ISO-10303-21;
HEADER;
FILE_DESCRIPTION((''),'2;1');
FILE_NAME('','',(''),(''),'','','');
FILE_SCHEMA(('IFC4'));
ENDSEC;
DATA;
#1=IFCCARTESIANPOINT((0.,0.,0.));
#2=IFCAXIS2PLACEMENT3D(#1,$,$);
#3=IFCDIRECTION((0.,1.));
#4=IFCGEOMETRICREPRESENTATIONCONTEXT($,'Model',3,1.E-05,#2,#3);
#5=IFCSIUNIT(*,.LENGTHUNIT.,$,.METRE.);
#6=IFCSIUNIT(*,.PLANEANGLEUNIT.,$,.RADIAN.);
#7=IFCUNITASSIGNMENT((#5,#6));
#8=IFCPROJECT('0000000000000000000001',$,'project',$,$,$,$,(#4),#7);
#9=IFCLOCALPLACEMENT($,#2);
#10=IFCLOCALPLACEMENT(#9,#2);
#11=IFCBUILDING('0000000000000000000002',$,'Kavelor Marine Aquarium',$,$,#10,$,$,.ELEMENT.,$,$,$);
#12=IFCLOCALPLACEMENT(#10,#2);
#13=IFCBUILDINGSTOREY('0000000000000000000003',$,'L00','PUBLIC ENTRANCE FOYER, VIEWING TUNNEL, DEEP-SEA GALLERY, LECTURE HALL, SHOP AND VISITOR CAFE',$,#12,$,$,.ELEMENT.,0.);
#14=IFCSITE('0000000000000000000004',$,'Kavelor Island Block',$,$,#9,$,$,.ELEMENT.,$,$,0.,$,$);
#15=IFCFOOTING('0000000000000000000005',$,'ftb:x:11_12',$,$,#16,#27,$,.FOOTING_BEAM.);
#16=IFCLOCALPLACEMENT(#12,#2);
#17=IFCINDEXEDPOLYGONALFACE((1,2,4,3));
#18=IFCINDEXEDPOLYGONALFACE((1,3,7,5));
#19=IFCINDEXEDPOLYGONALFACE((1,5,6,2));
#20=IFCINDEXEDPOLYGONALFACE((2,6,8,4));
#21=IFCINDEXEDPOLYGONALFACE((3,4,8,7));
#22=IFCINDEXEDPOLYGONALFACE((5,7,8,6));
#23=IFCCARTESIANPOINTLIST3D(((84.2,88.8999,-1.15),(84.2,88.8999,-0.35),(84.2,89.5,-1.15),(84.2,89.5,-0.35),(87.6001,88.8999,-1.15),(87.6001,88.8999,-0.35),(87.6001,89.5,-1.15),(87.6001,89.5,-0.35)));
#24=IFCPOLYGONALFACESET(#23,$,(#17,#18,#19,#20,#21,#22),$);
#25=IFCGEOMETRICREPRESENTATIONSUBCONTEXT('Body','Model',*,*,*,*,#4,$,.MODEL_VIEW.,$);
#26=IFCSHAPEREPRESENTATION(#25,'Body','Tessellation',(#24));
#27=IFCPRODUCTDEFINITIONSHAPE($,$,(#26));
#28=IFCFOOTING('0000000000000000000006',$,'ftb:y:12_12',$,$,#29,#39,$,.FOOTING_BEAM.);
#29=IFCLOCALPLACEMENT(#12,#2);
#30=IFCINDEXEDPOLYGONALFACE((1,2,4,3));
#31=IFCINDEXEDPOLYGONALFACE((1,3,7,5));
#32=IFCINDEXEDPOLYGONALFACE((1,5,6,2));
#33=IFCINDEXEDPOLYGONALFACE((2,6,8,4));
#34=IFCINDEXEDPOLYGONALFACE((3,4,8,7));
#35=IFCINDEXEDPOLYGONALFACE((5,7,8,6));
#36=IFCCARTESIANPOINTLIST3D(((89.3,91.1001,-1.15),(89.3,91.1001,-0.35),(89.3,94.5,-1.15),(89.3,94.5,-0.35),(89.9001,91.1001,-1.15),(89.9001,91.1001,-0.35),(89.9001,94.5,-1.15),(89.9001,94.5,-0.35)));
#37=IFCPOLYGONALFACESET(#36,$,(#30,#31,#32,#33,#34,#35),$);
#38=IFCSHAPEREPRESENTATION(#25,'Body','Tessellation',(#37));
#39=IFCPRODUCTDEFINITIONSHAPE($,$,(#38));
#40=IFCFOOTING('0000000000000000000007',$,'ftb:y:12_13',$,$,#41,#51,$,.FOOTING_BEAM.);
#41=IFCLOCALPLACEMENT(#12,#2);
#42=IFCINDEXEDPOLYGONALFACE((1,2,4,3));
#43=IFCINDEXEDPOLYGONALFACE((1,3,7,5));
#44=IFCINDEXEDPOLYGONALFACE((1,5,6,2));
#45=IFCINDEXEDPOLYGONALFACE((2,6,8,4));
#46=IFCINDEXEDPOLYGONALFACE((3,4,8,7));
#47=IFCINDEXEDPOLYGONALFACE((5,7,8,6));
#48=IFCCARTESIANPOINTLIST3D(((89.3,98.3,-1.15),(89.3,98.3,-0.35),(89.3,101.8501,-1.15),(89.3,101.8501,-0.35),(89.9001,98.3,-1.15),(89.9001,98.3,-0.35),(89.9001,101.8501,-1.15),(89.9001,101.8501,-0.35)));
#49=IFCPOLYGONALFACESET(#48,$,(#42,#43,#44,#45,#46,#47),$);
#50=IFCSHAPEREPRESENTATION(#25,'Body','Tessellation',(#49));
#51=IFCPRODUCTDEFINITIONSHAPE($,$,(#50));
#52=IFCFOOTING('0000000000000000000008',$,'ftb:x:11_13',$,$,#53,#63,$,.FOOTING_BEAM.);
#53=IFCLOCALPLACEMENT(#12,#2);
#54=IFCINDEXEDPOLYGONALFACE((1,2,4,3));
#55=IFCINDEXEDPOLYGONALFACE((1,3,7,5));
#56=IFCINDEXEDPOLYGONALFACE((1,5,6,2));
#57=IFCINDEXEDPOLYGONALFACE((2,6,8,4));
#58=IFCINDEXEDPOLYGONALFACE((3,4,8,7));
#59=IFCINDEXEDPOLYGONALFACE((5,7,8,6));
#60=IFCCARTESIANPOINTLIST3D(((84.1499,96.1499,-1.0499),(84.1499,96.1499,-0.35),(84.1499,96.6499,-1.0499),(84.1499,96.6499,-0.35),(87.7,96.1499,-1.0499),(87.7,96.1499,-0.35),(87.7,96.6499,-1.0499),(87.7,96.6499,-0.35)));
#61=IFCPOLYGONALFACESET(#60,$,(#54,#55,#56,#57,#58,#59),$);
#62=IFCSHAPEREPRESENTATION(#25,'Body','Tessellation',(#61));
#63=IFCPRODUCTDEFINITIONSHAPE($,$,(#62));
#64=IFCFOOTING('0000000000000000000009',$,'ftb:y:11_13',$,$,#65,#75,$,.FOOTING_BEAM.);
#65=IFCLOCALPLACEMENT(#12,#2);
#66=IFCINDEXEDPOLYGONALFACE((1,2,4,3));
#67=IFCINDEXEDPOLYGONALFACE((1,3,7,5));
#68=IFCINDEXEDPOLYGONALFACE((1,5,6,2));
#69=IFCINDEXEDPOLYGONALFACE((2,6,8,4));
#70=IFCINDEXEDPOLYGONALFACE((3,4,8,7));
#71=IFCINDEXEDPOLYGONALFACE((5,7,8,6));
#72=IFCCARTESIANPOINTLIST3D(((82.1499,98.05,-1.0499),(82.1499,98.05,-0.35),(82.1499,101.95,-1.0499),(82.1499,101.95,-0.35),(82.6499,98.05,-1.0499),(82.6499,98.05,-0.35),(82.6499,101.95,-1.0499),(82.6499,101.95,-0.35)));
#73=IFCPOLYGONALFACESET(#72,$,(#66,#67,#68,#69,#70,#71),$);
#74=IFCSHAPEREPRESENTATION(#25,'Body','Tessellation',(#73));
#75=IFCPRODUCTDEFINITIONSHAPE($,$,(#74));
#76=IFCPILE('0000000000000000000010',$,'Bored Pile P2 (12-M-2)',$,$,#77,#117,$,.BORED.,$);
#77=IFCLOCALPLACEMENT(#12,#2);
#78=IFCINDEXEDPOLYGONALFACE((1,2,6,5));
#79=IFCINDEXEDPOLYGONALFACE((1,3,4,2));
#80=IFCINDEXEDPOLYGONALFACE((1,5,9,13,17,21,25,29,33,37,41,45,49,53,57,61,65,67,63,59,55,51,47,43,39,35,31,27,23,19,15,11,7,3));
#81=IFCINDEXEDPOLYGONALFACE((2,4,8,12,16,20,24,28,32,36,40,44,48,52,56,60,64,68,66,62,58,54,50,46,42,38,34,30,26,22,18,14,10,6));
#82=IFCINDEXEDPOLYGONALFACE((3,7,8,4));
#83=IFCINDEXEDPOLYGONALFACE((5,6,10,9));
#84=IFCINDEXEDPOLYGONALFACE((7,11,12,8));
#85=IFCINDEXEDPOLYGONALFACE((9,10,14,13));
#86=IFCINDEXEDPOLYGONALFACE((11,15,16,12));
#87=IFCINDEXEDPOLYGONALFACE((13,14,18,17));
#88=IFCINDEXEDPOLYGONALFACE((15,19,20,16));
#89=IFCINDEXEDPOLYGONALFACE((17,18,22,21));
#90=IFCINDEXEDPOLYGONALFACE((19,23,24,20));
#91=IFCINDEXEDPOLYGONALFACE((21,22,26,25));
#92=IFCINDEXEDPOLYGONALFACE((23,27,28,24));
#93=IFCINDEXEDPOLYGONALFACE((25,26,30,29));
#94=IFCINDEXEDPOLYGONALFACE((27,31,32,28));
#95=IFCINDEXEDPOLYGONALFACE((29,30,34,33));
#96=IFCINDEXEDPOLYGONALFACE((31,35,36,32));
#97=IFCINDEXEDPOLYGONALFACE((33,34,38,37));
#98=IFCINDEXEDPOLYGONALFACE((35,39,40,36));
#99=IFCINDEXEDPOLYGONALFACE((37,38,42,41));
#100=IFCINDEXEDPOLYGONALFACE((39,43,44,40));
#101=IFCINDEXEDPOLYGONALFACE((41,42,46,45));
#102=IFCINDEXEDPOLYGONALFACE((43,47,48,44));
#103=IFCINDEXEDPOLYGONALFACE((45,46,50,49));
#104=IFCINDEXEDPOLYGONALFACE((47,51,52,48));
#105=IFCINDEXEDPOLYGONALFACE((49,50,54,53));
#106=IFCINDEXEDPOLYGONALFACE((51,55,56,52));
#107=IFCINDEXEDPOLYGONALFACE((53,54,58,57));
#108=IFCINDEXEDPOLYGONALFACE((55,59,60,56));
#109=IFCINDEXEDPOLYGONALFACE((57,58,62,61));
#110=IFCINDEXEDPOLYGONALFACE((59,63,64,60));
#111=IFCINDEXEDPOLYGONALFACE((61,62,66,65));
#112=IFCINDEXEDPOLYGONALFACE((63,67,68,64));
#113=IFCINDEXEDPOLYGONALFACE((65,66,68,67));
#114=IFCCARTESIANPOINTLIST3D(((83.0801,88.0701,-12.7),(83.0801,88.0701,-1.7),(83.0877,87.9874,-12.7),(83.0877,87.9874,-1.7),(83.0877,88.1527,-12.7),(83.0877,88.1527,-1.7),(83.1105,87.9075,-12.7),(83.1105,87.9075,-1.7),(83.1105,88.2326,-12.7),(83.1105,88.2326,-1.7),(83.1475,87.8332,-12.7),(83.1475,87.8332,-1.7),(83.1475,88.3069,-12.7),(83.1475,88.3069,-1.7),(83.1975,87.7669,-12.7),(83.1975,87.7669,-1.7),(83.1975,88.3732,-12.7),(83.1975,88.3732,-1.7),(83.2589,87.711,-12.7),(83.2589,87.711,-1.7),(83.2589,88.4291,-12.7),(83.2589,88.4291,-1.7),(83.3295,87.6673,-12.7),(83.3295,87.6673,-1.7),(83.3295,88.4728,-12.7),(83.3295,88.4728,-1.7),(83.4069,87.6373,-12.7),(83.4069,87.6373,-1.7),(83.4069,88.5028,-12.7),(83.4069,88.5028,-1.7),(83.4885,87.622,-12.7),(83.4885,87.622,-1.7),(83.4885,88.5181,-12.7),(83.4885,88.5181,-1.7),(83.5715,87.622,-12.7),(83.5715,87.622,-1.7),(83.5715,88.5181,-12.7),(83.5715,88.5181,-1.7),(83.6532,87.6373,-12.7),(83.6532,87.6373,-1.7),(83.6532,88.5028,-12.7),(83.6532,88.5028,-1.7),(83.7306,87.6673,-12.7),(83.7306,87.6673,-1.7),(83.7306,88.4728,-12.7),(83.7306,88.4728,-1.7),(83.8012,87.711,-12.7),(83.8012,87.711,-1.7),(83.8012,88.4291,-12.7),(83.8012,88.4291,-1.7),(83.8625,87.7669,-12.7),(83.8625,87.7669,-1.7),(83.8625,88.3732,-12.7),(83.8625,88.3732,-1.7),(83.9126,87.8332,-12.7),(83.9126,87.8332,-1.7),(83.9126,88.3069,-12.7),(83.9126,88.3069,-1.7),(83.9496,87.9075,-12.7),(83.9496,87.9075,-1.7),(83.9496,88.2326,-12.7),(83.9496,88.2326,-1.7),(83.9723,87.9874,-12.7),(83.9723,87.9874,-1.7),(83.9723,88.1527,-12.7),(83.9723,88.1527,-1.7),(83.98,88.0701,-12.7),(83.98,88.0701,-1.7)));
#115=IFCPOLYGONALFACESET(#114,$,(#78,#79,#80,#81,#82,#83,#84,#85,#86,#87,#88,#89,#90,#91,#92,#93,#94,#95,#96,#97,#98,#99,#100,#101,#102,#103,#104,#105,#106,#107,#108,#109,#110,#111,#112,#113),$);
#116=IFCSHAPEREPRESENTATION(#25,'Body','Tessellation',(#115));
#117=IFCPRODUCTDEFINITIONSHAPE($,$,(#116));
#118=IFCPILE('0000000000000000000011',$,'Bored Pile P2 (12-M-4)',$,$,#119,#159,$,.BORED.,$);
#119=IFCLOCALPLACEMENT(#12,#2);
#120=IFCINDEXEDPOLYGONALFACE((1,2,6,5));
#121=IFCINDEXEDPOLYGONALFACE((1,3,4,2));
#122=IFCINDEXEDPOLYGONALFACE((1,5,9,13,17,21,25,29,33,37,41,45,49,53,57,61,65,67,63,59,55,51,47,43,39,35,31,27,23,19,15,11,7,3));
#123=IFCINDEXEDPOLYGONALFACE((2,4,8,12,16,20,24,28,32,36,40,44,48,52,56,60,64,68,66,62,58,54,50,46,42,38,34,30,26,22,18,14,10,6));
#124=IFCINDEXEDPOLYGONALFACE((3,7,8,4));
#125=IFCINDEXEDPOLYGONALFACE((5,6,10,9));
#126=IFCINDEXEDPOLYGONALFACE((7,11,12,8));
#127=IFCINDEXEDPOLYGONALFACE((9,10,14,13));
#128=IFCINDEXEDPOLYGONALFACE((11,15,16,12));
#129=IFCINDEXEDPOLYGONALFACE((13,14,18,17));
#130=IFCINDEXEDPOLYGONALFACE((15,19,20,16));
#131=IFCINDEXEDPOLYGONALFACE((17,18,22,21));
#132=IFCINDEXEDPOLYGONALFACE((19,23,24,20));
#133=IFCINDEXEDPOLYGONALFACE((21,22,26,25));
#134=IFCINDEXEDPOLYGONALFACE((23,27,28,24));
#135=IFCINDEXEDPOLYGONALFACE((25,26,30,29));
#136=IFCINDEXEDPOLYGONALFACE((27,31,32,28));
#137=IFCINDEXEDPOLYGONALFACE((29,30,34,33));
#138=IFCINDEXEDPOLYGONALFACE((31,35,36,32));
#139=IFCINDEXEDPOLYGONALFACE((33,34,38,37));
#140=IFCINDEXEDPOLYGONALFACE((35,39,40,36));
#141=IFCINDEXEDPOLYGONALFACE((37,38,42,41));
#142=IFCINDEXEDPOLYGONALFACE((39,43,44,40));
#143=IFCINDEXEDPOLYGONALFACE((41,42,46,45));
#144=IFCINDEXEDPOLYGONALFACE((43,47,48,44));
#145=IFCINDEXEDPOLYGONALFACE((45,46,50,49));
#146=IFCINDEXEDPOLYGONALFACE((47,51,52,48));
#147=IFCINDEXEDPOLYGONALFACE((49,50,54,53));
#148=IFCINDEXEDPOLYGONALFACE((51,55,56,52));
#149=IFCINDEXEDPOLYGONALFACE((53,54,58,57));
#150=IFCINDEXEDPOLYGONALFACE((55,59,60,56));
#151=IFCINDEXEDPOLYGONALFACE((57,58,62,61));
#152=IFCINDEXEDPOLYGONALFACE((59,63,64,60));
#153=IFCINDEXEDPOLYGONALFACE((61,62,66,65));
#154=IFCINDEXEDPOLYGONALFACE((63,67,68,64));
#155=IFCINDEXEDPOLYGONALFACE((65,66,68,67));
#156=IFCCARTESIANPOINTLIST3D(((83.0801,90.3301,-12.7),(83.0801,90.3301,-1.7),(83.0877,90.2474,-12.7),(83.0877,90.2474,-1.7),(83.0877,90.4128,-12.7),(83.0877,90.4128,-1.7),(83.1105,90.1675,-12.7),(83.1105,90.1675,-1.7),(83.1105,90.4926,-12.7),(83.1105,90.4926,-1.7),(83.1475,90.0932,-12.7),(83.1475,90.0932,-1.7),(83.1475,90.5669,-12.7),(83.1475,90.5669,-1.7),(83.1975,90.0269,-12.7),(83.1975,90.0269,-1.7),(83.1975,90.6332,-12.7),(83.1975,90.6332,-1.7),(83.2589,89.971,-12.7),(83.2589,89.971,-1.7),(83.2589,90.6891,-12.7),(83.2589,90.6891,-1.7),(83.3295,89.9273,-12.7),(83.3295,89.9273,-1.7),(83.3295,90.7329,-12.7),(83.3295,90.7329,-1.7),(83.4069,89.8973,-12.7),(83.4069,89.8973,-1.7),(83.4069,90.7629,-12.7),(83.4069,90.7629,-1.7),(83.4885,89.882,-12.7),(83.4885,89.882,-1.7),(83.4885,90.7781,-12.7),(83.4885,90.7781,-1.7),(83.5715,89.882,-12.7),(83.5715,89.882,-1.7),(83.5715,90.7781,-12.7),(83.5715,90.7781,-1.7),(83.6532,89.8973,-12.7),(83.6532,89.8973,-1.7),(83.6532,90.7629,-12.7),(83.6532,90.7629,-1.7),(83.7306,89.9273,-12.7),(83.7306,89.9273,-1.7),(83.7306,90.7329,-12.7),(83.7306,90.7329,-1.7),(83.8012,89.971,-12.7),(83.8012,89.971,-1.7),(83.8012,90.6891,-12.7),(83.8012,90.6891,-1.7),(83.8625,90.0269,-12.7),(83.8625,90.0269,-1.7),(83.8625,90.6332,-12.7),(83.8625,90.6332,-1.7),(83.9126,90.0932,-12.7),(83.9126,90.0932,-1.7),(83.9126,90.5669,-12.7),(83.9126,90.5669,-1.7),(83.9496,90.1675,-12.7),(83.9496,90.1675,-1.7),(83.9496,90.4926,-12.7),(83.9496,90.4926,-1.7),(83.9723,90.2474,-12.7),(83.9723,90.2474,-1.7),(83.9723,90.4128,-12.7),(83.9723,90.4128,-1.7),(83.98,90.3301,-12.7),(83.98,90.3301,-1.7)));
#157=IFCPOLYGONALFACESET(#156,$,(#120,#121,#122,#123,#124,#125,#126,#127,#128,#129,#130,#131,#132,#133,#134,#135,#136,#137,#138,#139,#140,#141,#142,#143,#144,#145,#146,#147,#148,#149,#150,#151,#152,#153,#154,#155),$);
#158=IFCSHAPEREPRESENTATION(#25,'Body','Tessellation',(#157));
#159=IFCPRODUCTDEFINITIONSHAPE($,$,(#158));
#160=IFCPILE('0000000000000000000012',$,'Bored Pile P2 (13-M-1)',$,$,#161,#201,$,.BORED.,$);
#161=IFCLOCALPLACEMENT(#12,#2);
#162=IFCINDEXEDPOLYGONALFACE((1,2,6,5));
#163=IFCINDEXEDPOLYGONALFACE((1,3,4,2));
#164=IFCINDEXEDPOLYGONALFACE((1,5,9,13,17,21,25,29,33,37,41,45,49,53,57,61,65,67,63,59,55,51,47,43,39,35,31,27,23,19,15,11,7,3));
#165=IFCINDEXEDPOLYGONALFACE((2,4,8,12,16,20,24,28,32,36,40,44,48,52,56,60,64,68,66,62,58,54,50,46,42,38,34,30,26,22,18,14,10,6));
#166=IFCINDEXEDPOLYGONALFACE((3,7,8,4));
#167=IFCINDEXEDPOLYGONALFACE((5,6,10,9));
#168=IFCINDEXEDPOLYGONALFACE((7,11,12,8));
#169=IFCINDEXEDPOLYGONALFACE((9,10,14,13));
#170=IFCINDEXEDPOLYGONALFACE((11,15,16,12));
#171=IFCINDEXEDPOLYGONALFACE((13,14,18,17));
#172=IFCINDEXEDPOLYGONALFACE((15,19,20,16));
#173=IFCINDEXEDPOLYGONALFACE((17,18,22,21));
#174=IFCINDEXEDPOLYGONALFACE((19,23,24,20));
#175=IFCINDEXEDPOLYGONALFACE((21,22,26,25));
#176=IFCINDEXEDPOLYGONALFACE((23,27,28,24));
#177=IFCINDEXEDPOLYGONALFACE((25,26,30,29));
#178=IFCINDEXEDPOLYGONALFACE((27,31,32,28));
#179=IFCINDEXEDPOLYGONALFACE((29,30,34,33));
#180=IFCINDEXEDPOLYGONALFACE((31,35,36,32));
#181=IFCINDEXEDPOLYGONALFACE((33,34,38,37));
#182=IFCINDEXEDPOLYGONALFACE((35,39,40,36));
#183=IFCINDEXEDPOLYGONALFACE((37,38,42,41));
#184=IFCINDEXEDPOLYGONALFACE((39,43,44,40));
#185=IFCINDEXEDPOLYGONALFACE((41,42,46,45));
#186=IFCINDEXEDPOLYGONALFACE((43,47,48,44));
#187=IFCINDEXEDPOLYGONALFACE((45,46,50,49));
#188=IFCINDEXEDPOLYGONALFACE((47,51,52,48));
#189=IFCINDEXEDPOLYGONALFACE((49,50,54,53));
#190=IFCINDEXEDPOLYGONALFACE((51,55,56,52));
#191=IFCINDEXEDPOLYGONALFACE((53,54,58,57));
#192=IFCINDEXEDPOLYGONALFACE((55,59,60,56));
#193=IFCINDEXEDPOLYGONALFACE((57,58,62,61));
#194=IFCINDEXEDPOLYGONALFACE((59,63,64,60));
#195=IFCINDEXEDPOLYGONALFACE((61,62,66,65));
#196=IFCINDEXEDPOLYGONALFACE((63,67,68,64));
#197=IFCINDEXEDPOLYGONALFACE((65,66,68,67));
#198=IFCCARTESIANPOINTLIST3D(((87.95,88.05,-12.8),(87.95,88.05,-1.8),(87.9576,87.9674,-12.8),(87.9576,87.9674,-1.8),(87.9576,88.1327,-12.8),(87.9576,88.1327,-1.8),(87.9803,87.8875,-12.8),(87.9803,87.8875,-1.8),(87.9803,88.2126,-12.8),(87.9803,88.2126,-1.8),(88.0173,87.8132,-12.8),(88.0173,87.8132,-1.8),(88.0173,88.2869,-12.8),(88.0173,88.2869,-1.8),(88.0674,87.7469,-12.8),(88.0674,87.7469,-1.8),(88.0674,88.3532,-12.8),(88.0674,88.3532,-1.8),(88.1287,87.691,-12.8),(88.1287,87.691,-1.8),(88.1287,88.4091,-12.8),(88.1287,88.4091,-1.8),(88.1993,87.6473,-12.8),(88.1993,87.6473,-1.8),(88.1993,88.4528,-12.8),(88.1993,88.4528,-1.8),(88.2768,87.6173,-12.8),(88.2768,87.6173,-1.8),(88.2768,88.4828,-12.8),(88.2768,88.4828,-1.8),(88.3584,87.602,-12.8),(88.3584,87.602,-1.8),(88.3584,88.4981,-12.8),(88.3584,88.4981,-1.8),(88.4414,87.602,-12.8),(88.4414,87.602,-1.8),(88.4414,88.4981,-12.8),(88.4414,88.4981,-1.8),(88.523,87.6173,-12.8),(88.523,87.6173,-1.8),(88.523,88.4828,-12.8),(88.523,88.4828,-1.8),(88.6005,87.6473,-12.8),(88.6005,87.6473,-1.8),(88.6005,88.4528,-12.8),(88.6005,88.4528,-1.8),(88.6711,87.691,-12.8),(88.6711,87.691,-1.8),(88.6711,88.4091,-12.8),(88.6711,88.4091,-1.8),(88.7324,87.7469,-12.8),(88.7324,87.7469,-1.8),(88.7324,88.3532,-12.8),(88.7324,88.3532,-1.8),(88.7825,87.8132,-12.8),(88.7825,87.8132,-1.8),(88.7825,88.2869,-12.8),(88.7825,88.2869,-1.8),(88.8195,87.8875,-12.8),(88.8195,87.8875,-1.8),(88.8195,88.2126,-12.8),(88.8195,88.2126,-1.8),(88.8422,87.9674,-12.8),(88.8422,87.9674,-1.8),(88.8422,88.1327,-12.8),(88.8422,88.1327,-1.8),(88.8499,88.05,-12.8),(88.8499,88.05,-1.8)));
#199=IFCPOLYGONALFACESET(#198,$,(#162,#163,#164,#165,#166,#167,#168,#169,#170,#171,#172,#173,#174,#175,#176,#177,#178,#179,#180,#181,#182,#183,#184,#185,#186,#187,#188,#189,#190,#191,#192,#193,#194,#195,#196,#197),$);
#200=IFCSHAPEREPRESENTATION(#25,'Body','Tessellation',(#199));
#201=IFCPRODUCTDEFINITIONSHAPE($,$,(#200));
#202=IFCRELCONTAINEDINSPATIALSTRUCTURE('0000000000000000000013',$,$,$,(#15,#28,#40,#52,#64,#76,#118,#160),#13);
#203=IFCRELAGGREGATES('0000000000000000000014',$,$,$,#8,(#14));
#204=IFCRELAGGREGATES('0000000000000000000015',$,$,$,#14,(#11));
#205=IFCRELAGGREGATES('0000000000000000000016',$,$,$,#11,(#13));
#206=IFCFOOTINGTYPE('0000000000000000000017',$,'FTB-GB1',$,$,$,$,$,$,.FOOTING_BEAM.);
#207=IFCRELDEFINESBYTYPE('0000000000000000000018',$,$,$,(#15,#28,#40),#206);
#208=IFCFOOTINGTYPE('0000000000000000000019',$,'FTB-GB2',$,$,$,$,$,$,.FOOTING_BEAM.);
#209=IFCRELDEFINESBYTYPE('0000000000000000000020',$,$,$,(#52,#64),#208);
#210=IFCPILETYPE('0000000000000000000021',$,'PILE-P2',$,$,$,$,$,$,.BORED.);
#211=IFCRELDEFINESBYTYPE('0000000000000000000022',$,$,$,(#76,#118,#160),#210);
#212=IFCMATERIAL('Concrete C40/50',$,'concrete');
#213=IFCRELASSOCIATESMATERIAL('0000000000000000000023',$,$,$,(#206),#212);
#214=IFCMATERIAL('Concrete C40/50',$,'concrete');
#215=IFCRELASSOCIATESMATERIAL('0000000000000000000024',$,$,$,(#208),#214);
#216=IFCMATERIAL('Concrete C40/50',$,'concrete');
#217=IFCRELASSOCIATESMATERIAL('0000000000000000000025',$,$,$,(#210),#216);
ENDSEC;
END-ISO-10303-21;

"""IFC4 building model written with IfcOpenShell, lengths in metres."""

from ifc_helpers import new_model, si_unit, direction, frame, origin, origin_2d, place, context, subcontext, project, spatial, rectangle, circle, extrude, material, material_profile, profile_set, type_object, element, save


model = new_model("IFC4")

# Units and contexts
model_context = context("Model", 3, precision=1e-05, world=origin(), true_north=direction((0.0, 1.0)))
body_context = subcontext(model_context, "Body", "Model", "MODEL_VIEW")
ifc_project = project(units=[si_unit("LENGTHUNIT", "METRE"), si_unit("PLANEANGLEUNIT", "RADIAN")], contexts=[model_context])

# Site, building, storey
site_placement = place(None, origin())
site = spatial("IfcSite", under=ifc_project, at=site_placement, Name="Kavelor Island Block", CompositionType="ELEMENT", RefElevation=0.0)
building_placement = place(site_placement, origin())
building = spatial("IfcBuilding", under=site, at=building_placement, Name="Kavelor Marine Aquarium", CompositionType="ELEMENT")
storey_placement = place(building_placement, origin())
storey = spatial("IfcBuildingStorey", under=building, at=storey_placement, Name="L00", Description="PUBLIC ENTRANCE FOYER, VIEWING TUNNEL, DEEP-SEA GALLERY, LECTURE HALL, SHOP AND VISITOR CAFE", CompositionType="ELEMENT", Elevation=0.0)

# Footings
ifc_material_1 = material(Name="Concrete C40/50", Category="concrete")
ifc_material_profile_1 = material_profile(ifc_material_1, rectangle(XDim=0.6001, YDim=0.8, at=origin_2d()), Name="GB 600x800")
ifc_profile_set_1 = profile_set([ifc_material_profile_1], Name="Concrete C40/50")
footing_type_1 = type_object("IfcFootingType", Name="FTB-GB1", PredefinedType="FOOTING_BEAM", material=ifc_profile_set_1)
footing_1_placement = place(storey_placement, frame((84.2, 89.2, -0.75), z_axis=(1.0, 0.0, 0.0), x_axis=(0.0, 1.0, 0.0)))
element("IfcFooting", 1, at=footing_1_placement, inside=storey, type_object=footing_type_1, Name="ftb:x:11_12", PredefinedType="FOOTING_BEAM", context=body_context, shape_type="SweptSolid", body=[
    extrude(rectangle(XDim=0.6001, YDim=0.8, at=origin_2d()), origin(), (0.0, 0.0, 1.0), 3.4001),
])
footing_2_placement = place(storey_placement, frame((89.6001, 91.1001, -0.75), z_axis=(0.0, 1.0, 0.0), x_axis=(-1.0, 0.0, 0.0)))
element("IfcFooting", 2, at=footing_2_placement, inside=storey, type_object=footing_type_1, Name="ftb:y:12_12", PredefinedType="FOOTING_BEAM", context=body_context, shape_type="SweptSolid", body=[
    extrude(rectangle(XDim=0.6001, YDim=0.8, at=origin_2d()), origin(), (0.0, 0.0, 1.0), 3.3999),
])
footing_3_placement = place(storey_placement, frame((89.6001, 98.3, -0.75), z_axis=(0.0, 1.0, 0.0), x_axis=(-1.0, 0.0, 0.0)))
element("IfcFooting", 3, at=footing_3_placement, inside=storey, type_object=footing_type_1, Name="ftb:y:12_13", PredefinedType="FOOTING_BEAM", context=body_context, shape_type="SweptSolid", body=[
    extrude(rectangle(XDim=0.6001, YDim=0.8, at=origin_2d()), origin(), (0.0, 0.0, 1.0), 3.55),
])
ifc_material_2 = material(Name="Concrete C40/50", Category="concrete")
ifc_material_profile_2 = material_profile(ifc_material_2, rectangle(XDim=0.5, YDim=0.7, at=origin_2d()), Name="GB 500x700")
ifc_profile_set_2 = profile_set([ifc_material_profile_2], Name="Concrete C40/50")
footing_type_2 = type_object("IfcFootingType", Name="FTB-GB2", PredefinedType="FOOTING_BEAM", material=ifc_profile_set_2)
footing_4_placement = place(storey_placement, frame((84.1499, 96.3999, -0.7), z_axis=(1.0, 0.0, 0.0), x_axis=(0.0, 1.0, 0.0)))
element("IfcFooting", 4, at=footing_4_placement, inside=storey, type_object=footing_type_2, Name="ftb:x:11_13", PredefinedType="FOOTING_BEAM", context=body_context, shape_type="SweptSolid", body=[
    extrude(rectangle(XDim=0.5, YDim=0.7, at=origin_2d()), origin(), (0.0, 0.0, 1.0), 3.55),
])
footing_5_placement = place(storey_placement, frame((82.3999, 98.05, -0.7), z_axis=(0.0, 1.0, 0.0), x_axis=(-1.0, 0.0, 0.0)))
element("IfcFooting", 5, at=footing_5_placement, inside=storey, type_object=footing_type_2, Name="ftb:y:11_13", PredefinedType="FOOTING_BEAM", context=body_context, shape_type="SweptSolid", body=[
    extrude(rectangle(XDim=0.5, YDim=0.7, at=origin_2d()), origin(), (0.0, 0.0, 1.0), 3.8999),
])

# Piles
ifc_material_3 = material(Name="Concrete C40/50", Category="concrete")
ifc_material_profile_3 = material_profile(ifc_material_3, circle(Radius=0.45, at=origin_2d()), Name="PILE D900")
ifc_profile_set_3 = profile_set([ifc_material_profile_3], Name="Concrete C40/50")
pile_type_1 = type_object("IfcPileType", Name="PILE-P2", PredefinedType="BORED", material=ifc_profile_set_3)
for number, where, z_axis, x_axis, name in (
    (6, (83.53, 88.0701, -1.7), (0.0, 0.0, -1.0), (1.0, 0.0, 0.0), "Bored Pile P2 (12-M-2)"),
    (7, (83.53, 90.3301, -1.7), (0.0, 0.0, -1.0), (1.0, 0.0, 0.0), "Bored Pile P2 (12-M-4)"),
    (8, (88.3999, 88.05, -1.8), (0.0, 0.0, -1.0), (1.0, 0.0, 0.0), "Bored Pile P2 (13-M-1)"),
):
    element("IfcPile", number, at=place(storey_placement, frame(where, z_axis=z_axis, x_axis=x_axis)), inside=storey, type_object=pile_type_1, Name=name, PredefinedType="BORED", context=body_context, shape_type="SweptSolid", body=[
        extrude(circle(Radius=0.45, at=origin_2d()), origin(), (0.0, 0.0, 1.0), 11.0),
    ])

save(model, "model.ifc")
